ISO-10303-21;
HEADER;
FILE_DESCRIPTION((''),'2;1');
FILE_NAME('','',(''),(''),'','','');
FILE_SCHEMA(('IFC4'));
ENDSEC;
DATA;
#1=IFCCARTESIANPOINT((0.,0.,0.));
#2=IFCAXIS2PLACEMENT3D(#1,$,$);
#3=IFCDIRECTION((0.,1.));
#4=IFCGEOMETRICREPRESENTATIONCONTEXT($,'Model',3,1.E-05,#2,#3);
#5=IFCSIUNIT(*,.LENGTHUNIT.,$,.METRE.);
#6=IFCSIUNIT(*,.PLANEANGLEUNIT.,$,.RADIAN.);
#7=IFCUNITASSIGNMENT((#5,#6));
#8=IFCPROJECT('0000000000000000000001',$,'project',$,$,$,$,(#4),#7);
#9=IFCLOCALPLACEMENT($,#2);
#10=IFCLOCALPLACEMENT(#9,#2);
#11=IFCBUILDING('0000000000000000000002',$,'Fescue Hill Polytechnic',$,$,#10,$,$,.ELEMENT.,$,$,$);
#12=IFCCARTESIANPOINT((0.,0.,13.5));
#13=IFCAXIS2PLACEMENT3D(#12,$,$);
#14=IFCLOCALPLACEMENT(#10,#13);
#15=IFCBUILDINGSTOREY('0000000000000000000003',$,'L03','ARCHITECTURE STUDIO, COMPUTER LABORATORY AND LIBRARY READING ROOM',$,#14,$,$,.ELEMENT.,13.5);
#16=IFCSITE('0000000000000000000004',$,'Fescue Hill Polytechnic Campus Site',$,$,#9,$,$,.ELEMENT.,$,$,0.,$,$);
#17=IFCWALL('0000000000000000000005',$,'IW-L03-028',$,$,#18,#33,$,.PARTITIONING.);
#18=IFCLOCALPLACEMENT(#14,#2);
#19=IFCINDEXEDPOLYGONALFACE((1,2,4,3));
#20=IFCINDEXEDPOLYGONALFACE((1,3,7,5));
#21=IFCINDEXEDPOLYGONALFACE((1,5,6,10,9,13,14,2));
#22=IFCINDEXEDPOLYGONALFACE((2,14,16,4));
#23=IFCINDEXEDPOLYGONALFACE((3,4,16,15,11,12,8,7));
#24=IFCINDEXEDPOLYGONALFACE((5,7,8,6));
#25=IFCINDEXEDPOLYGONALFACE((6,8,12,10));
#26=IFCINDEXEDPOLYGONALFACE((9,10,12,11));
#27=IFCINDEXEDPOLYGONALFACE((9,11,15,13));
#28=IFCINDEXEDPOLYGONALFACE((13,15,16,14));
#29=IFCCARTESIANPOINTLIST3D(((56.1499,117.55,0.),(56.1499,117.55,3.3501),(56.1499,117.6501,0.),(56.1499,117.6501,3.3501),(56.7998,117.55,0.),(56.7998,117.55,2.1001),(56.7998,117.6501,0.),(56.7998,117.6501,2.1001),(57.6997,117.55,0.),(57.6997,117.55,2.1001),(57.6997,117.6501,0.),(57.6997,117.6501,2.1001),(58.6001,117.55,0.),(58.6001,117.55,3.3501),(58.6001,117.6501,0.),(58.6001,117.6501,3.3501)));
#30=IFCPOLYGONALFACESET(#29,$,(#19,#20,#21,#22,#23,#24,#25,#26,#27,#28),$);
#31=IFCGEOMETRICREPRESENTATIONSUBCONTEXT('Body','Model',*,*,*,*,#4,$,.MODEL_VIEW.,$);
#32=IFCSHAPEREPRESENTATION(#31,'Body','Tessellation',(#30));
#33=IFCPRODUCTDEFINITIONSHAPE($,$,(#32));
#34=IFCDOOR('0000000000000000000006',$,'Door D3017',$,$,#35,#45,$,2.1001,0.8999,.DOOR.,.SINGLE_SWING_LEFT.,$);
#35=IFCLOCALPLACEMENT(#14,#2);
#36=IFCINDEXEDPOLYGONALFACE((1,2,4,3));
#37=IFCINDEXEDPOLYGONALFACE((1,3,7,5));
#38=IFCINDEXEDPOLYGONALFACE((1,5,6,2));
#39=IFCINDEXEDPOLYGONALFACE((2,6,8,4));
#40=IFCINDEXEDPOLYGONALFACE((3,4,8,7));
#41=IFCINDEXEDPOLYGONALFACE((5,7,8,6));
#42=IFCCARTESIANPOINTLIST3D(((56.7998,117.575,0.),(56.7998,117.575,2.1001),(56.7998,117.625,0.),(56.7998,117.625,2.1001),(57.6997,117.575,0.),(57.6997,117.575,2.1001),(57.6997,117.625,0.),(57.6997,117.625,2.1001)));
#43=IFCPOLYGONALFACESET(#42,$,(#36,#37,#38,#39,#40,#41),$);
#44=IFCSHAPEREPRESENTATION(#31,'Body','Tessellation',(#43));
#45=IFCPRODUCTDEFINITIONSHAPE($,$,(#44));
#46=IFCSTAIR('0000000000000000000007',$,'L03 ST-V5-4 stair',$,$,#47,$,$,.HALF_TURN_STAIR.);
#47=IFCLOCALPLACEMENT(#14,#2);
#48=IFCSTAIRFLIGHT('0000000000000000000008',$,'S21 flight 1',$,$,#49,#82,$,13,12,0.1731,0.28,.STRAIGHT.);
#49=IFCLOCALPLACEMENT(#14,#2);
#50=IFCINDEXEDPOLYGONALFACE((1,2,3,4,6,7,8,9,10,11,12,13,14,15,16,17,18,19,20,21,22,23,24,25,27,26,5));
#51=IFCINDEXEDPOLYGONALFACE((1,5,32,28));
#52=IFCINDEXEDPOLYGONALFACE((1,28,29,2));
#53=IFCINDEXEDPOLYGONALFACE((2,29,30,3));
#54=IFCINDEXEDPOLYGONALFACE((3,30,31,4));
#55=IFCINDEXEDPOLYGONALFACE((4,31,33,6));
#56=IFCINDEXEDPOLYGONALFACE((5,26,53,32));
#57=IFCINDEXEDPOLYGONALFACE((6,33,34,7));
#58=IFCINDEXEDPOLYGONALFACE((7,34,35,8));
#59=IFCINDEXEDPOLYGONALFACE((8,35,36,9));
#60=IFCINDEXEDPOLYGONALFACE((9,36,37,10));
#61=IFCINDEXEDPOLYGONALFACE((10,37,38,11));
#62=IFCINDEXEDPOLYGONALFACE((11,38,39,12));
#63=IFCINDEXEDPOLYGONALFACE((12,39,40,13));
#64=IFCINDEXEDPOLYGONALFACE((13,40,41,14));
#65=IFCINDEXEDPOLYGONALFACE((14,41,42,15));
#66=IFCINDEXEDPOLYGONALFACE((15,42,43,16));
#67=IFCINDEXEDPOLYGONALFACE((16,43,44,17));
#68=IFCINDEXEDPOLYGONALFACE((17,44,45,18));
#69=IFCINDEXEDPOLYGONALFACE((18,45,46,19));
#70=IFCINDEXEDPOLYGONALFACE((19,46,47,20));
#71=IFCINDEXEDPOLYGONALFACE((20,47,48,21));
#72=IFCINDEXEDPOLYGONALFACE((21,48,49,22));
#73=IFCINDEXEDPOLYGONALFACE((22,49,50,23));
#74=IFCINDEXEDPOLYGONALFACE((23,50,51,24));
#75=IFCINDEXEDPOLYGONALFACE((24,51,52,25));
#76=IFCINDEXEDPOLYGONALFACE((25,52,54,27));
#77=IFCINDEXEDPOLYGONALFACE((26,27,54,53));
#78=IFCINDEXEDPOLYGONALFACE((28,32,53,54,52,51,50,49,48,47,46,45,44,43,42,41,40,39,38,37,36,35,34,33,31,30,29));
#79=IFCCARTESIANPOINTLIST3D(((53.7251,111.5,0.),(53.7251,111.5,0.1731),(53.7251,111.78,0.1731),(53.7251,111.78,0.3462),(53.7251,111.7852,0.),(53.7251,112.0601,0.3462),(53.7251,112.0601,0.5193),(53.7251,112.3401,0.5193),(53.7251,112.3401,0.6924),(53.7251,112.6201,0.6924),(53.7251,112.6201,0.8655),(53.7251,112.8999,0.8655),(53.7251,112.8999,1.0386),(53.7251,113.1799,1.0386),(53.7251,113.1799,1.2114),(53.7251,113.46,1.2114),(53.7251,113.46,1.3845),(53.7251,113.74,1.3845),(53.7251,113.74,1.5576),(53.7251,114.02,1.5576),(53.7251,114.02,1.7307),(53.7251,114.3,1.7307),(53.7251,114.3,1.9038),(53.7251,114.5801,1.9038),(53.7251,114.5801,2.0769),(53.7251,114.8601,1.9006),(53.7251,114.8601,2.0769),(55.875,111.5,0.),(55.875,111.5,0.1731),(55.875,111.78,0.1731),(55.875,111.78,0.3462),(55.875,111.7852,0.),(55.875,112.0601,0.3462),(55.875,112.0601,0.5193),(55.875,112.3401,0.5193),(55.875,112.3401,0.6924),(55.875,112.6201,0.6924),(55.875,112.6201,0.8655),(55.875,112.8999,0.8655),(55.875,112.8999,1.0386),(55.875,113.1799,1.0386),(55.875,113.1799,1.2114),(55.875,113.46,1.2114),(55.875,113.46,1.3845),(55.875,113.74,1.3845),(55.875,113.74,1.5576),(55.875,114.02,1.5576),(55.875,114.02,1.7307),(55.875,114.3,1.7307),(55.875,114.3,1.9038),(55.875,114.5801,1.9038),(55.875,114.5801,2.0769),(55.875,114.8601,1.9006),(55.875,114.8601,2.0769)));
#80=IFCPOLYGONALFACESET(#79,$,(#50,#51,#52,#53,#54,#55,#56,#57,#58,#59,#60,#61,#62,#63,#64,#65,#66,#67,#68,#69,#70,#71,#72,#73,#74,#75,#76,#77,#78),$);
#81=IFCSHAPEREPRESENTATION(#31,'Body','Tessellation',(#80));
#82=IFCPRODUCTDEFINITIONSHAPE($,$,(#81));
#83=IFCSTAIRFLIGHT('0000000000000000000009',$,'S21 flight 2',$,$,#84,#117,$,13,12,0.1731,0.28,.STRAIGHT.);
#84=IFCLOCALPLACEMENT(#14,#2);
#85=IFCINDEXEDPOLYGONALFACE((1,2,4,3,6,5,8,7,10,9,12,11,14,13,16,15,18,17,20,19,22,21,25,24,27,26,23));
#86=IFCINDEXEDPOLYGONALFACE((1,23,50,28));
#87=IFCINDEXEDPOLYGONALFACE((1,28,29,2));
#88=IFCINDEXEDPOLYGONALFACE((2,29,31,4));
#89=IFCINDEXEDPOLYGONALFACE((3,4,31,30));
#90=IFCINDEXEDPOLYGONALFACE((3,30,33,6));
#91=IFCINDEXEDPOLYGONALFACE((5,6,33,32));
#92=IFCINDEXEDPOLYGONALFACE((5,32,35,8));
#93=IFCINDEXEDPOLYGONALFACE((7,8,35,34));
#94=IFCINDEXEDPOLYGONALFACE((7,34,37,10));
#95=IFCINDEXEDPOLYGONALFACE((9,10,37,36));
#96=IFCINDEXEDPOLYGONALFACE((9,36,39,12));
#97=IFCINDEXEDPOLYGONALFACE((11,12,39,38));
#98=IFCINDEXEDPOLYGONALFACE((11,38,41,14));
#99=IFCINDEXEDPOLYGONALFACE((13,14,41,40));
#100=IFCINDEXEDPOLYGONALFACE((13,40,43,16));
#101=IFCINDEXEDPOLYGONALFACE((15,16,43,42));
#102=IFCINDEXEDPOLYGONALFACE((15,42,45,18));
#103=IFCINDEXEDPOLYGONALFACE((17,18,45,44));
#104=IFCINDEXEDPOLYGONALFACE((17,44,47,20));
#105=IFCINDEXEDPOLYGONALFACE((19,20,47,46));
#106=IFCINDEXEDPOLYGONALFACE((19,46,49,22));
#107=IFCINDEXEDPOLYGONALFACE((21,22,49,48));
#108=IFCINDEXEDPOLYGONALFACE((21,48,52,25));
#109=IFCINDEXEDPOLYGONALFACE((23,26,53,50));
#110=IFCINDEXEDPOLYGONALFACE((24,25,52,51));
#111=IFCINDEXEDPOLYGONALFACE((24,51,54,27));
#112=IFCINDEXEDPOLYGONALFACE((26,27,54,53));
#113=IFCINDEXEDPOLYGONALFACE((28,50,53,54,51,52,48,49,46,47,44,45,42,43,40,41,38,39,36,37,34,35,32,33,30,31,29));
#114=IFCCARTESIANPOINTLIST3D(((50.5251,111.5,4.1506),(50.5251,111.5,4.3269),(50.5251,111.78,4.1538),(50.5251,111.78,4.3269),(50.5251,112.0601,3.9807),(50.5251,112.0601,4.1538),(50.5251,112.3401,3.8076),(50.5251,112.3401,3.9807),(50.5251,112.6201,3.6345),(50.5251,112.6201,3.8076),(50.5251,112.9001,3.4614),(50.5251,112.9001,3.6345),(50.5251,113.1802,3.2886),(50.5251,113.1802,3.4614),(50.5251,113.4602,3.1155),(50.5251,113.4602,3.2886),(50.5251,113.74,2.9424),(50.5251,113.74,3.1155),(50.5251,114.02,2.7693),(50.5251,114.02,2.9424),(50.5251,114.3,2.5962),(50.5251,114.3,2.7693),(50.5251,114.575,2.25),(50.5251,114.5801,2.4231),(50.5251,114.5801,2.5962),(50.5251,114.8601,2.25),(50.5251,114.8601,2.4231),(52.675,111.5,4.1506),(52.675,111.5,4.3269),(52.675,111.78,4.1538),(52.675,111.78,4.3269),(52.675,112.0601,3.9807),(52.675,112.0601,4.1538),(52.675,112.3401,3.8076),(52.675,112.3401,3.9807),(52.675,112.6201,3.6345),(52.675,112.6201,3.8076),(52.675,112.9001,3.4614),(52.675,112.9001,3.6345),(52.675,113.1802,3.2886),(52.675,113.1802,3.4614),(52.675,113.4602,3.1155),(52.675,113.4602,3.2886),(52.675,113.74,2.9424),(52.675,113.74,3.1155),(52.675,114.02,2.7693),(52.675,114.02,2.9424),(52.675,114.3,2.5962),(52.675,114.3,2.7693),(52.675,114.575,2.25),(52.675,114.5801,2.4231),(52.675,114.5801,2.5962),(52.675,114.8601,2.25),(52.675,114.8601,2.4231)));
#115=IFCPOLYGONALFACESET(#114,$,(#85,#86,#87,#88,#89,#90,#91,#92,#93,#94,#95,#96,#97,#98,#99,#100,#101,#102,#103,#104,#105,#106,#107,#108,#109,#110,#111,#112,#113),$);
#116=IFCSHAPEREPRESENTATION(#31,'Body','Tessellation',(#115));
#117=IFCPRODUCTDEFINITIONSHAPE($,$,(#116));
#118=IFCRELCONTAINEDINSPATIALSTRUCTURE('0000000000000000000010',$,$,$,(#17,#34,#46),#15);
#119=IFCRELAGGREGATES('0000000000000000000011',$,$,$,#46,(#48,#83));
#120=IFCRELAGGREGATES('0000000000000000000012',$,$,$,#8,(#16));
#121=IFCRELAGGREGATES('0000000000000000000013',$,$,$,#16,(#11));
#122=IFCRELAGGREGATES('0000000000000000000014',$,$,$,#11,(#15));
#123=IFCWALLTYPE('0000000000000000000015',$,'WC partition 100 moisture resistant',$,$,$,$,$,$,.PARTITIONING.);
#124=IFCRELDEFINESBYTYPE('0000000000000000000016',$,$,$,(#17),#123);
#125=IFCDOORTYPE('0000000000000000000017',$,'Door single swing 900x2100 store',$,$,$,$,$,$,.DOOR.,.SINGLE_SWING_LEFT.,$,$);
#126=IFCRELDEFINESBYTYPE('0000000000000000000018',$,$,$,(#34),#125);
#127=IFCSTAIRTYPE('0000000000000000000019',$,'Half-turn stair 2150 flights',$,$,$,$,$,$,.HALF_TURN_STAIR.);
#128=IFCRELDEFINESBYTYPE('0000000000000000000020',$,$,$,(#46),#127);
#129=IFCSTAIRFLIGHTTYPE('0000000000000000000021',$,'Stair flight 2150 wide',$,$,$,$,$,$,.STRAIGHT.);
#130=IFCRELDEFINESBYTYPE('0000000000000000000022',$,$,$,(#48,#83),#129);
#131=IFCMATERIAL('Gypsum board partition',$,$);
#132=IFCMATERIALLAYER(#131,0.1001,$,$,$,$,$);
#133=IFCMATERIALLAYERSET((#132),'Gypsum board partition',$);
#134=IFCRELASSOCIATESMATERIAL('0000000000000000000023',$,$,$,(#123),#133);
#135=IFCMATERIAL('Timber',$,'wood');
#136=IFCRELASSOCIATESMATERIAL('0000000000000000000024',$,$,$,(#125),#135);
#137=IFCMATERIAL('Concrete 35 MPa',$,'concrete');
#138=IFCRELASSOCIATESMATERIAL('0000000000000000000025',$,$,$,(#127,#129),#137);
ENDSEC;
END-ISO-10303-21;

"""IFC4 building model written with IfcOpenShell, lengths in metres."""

from ifc_helpers import new_model, si_unit, direction, frame, frame_2d, origin, place, context, subcontext, project, spatial, polyline, rectangle, outline, extrude, material, layer, layer_set, type_object, element, fill, aggregate, save


model = new_model("IFC4")

# Units and contexts
model_context = context("Model", 3, precision=1e-05, world=origin(), true_north=direction((0.0, 1.0)))
body_context = subcontext(model_context, "Body", "Model", "MODEL_VIEW")
ifc_project = project(units=[si_unit("LENGTHUNIT", "METRE"), si_unit("PLANEANGLEUNIT", "RADIAN")], contexts=[model_context])

# Site, building, storey
site_placement = place(None, origin())
site = spatial("IfcSite", under=ifc_project, at=site_placement, Name="Fescue Hill Polytechnic Campus Site", CompositionType="ELEMENT", RefElevation=0.0)
building_placement = place(site_placement, origin())
building = spatial("IfcBuilding", under=site, at=building_placement, Name="Fescue Hill Polytechnic", CompositionType="ELEMENT")
storey_placement = place(building_placement, frame((0.0, 0.0, 13.5)))
storey = spatial("IfcBuildingStorey", under=building, at=storey_placement, Name="L03", Description="ARCHITECTURE STUDIO, COMPUTER LABORATORY AND LIBRARY READING ROOM", CompositionType="ELEMENT", Elevation=13.5)

# Shared definitions
ifc_material_1 = material(Name="Concrete 35 MPa", Category="concrete")

# Wall, opening, door
ifc_material_2 = material(Name="Gypsum board partition")
ifc_layer_1 = layer(ifc_material_2, 0.1001)
ifc_layer_set_1 = layer_set([ifc_layer_1], Name="Gypsum board partition")
wall_type_1 = type_object("IfcWallType", Name="WC partition 100 moisture resistant", PredefinedType="PARTITIONING", material=ifc_layer_set_1)
wall_1_placement = place(storey_placement, frame((56.1499, 117.6001, 0.0), z_axis=(0.0, 0.0, 1.0), x_axis=(1.0, 0.0, 0.0)))
wall_1 = element("IfcWall", 1, at=wall_1_placement, inside=storey, type_object=wall_type_1, Name="IW-L03-028", PredefinedType="PARTITIONING", context=body_context, shape_type="SweptSolid", body=[
    extrude(rectangle(XDim=2.4502, YDim=0.1001, at=frame_2d((1.2251, 0.0))), origin(), (0.0, 0.0, 1.0), 3.3501),
])
opening_1_placement = place(wall_1_placement, frame((0.6499, 0.0, 0.0)))
opening_1 = element("IfcOpeningElement", 2, at=opening_1_placement, cuts=wall_1, PredefinedType="OPENING", context=body_context, shape_type="SweptSolid", body=[
    extrude(rectangle(XDim=0.8999, YDim=2.1001, at=frame_2d((0.45, 1.05))), frame((0.0, 0.0601, 0.0), z_axis=(0.0, -1.0, 0.0), x_axis=(1.0, 0.0, 0.0)), (0.0, 0.0, 1.0), 0.1201),
])
ifc_material_3 = material(Name="Timber", Category="wood")
door_type_1 = type_object("IfcDoorType", Name="Door single swing 900x2100 store", OperationType="SINGLE_SWING_LEFT", PredefinedType="DOOR", material=ifc_material_3)
door_1_placement = place(opening_1_placement, origin())
door_1 = element("IfcDoor", 3, at=door_1_placement, inside=storey, type_object=door_type_1, Name="Door D3017", OperationType="SINGLE_SWING_LEFT", OverallHeight=2.1001, OverallWidth=0.8999, PredefinedType="DOOR", context=body_context, shape_type="SweptSolid", body=[
    extrude(rectangle(XDim=0.8999, YDim=2.1001, at=frame_2d((0.45, 1.05))), frame((0.0, 0.0249, 0.0), z_axis=(0.0, -1.0, 0.0), x_axis=(1.0, 0.0, 0.0)), (0.0, 0.0, 1.0), 0.05),
])
fill(opening_1, door_1)

# Stair, stair flights
stair_type = type_object("IfcStairType", Name="Half-turn stair 2150 flights", PredefinedType="HALF_TURN_STAIR", material=ifc_material_1)
stair_placement = place(storey_placement, origin())
stair = element("IfcStair", 4, at=stair_placement, inside=storey, type_object=stair_type, Name="L03 ST-V5-4 stair", PredefinedType="HALF_TURN_STAIR")
stair_flight_type = type_object("IfcStairFlightType", Name="Stair flight 2150 wide", PredefinedType="STRAIGHT", material=ifc_material_1)
stair_flight_1_placement = place(storey_placement, frame((54.8, 111.5, 0.0), z_axis=(0.0, 0.0, 1.0), x_axis=(0.0, 1.0, 0.0)))
stair_flight_1 = element("IfcStairFlight", 5, at=stair_flight_1_placement, type_object=stair_flight_type, Name="S21 flight 1", NumberOfRisers=13, NumberOfTreads=12, PredefinedType="STRAIGHT", RiserHeight=0.1731, TreadLength=0.28, context=body_context, shape_type="SweptSolid", body=[
    extrude(outline(polyline([(0.0, 0.0), (0.0, 0.1731), (0.28, 0.1731), (0.28, 0.3462), (0.5601, 0.3462), (0.5601, 0.5193), (0.8401, 0.5193), (0.8401, 0.6924), (1.1201, 0.6924), (1.1201, 0.8655), (1.3999, 0.8655), (1.3999, 1.0386), (1.6799, 1.0386), (1.6799, 1.2114), (1.96, 1.2114), (1.96, 1.3845), (2.24, 1.3845), (2.24, 1.5576), (2.52, 1.5576), (2.52, 1.7307), (2.8, 1.7307), (2.8, 1.9038), (3.0801, 1.9038), (3.0801, 2.0769), (3.3601, 2.0769), (3.3601, 2.25), (3.3601, 1.9006), (0.2852, 0.0), (0.0, 0.0)])), frame((0.0, 1.075, 0.0), z_axis=(0.0, -1.0, 0.0), x_axis=(1.0, 0.0, 0.0)), (0.0, 0.0, 1.0), 2.1499),
])
stair_flight_2_placement = place(storey_placement, frame((51.6001, 114.8601, 2.25), z_axis=(0.0, 0.0, 1.0), x_axis=(0.0, -1.0, 0.0)))
stair_flight_2 = element("IfcStairFlight", 6, at=stair_flight_2_placement, type_object=stair_flight_type, Name="S21 flight 2", NumberOfRisers=13, NumberOfTreads=12, PredefinedType="STRAIGHT", RiserHeight=0.1731, TreadLength=0.28, context=body_context, shape_type="SweptSolid", body=[
    extrude(outline(polyline([(0.0, 0.0), (0.0, 0.1731), (0.28, 0.1731), (0.28, 0.3462), (0.5601, 0.3462), (0.5601, 0.5193), (0.8401, 0.5193), (0.8401, 0.6924), (1.1201, 0.6924), (1.1201, 0.8655), (1.3999, 0.8655), (1.3999, 1.0386), (1.6799, 1.0386), (1.6799, 1.2114), (1.96, 1.2114), (1.96, 1.3845), (2.24, 1.3845), (2.24, 1.5576), (2.52, 1.5576), (2.52, 1.7307), (2.8, 1.7307), (2.8, 1.9038), (3.0801, 1.9038), (3.0801, 2.0769), (3.3601, 2.0769), (3.3601, 2.25), (3.3601, 1.9006), (0.2852, 0.0), (0.0, 0.0)])), frame((0.0, 1.075, 0.0), z_axis=(0.0, -1.0, 0.0), x_axis=(1.0, 0.0, 0.0)), (0.0, 0.0, 1.0), 2.1499),
])
aggregate(stair, [stair_flight_1, stair_flight_2])

save(model, "model.ifc")
